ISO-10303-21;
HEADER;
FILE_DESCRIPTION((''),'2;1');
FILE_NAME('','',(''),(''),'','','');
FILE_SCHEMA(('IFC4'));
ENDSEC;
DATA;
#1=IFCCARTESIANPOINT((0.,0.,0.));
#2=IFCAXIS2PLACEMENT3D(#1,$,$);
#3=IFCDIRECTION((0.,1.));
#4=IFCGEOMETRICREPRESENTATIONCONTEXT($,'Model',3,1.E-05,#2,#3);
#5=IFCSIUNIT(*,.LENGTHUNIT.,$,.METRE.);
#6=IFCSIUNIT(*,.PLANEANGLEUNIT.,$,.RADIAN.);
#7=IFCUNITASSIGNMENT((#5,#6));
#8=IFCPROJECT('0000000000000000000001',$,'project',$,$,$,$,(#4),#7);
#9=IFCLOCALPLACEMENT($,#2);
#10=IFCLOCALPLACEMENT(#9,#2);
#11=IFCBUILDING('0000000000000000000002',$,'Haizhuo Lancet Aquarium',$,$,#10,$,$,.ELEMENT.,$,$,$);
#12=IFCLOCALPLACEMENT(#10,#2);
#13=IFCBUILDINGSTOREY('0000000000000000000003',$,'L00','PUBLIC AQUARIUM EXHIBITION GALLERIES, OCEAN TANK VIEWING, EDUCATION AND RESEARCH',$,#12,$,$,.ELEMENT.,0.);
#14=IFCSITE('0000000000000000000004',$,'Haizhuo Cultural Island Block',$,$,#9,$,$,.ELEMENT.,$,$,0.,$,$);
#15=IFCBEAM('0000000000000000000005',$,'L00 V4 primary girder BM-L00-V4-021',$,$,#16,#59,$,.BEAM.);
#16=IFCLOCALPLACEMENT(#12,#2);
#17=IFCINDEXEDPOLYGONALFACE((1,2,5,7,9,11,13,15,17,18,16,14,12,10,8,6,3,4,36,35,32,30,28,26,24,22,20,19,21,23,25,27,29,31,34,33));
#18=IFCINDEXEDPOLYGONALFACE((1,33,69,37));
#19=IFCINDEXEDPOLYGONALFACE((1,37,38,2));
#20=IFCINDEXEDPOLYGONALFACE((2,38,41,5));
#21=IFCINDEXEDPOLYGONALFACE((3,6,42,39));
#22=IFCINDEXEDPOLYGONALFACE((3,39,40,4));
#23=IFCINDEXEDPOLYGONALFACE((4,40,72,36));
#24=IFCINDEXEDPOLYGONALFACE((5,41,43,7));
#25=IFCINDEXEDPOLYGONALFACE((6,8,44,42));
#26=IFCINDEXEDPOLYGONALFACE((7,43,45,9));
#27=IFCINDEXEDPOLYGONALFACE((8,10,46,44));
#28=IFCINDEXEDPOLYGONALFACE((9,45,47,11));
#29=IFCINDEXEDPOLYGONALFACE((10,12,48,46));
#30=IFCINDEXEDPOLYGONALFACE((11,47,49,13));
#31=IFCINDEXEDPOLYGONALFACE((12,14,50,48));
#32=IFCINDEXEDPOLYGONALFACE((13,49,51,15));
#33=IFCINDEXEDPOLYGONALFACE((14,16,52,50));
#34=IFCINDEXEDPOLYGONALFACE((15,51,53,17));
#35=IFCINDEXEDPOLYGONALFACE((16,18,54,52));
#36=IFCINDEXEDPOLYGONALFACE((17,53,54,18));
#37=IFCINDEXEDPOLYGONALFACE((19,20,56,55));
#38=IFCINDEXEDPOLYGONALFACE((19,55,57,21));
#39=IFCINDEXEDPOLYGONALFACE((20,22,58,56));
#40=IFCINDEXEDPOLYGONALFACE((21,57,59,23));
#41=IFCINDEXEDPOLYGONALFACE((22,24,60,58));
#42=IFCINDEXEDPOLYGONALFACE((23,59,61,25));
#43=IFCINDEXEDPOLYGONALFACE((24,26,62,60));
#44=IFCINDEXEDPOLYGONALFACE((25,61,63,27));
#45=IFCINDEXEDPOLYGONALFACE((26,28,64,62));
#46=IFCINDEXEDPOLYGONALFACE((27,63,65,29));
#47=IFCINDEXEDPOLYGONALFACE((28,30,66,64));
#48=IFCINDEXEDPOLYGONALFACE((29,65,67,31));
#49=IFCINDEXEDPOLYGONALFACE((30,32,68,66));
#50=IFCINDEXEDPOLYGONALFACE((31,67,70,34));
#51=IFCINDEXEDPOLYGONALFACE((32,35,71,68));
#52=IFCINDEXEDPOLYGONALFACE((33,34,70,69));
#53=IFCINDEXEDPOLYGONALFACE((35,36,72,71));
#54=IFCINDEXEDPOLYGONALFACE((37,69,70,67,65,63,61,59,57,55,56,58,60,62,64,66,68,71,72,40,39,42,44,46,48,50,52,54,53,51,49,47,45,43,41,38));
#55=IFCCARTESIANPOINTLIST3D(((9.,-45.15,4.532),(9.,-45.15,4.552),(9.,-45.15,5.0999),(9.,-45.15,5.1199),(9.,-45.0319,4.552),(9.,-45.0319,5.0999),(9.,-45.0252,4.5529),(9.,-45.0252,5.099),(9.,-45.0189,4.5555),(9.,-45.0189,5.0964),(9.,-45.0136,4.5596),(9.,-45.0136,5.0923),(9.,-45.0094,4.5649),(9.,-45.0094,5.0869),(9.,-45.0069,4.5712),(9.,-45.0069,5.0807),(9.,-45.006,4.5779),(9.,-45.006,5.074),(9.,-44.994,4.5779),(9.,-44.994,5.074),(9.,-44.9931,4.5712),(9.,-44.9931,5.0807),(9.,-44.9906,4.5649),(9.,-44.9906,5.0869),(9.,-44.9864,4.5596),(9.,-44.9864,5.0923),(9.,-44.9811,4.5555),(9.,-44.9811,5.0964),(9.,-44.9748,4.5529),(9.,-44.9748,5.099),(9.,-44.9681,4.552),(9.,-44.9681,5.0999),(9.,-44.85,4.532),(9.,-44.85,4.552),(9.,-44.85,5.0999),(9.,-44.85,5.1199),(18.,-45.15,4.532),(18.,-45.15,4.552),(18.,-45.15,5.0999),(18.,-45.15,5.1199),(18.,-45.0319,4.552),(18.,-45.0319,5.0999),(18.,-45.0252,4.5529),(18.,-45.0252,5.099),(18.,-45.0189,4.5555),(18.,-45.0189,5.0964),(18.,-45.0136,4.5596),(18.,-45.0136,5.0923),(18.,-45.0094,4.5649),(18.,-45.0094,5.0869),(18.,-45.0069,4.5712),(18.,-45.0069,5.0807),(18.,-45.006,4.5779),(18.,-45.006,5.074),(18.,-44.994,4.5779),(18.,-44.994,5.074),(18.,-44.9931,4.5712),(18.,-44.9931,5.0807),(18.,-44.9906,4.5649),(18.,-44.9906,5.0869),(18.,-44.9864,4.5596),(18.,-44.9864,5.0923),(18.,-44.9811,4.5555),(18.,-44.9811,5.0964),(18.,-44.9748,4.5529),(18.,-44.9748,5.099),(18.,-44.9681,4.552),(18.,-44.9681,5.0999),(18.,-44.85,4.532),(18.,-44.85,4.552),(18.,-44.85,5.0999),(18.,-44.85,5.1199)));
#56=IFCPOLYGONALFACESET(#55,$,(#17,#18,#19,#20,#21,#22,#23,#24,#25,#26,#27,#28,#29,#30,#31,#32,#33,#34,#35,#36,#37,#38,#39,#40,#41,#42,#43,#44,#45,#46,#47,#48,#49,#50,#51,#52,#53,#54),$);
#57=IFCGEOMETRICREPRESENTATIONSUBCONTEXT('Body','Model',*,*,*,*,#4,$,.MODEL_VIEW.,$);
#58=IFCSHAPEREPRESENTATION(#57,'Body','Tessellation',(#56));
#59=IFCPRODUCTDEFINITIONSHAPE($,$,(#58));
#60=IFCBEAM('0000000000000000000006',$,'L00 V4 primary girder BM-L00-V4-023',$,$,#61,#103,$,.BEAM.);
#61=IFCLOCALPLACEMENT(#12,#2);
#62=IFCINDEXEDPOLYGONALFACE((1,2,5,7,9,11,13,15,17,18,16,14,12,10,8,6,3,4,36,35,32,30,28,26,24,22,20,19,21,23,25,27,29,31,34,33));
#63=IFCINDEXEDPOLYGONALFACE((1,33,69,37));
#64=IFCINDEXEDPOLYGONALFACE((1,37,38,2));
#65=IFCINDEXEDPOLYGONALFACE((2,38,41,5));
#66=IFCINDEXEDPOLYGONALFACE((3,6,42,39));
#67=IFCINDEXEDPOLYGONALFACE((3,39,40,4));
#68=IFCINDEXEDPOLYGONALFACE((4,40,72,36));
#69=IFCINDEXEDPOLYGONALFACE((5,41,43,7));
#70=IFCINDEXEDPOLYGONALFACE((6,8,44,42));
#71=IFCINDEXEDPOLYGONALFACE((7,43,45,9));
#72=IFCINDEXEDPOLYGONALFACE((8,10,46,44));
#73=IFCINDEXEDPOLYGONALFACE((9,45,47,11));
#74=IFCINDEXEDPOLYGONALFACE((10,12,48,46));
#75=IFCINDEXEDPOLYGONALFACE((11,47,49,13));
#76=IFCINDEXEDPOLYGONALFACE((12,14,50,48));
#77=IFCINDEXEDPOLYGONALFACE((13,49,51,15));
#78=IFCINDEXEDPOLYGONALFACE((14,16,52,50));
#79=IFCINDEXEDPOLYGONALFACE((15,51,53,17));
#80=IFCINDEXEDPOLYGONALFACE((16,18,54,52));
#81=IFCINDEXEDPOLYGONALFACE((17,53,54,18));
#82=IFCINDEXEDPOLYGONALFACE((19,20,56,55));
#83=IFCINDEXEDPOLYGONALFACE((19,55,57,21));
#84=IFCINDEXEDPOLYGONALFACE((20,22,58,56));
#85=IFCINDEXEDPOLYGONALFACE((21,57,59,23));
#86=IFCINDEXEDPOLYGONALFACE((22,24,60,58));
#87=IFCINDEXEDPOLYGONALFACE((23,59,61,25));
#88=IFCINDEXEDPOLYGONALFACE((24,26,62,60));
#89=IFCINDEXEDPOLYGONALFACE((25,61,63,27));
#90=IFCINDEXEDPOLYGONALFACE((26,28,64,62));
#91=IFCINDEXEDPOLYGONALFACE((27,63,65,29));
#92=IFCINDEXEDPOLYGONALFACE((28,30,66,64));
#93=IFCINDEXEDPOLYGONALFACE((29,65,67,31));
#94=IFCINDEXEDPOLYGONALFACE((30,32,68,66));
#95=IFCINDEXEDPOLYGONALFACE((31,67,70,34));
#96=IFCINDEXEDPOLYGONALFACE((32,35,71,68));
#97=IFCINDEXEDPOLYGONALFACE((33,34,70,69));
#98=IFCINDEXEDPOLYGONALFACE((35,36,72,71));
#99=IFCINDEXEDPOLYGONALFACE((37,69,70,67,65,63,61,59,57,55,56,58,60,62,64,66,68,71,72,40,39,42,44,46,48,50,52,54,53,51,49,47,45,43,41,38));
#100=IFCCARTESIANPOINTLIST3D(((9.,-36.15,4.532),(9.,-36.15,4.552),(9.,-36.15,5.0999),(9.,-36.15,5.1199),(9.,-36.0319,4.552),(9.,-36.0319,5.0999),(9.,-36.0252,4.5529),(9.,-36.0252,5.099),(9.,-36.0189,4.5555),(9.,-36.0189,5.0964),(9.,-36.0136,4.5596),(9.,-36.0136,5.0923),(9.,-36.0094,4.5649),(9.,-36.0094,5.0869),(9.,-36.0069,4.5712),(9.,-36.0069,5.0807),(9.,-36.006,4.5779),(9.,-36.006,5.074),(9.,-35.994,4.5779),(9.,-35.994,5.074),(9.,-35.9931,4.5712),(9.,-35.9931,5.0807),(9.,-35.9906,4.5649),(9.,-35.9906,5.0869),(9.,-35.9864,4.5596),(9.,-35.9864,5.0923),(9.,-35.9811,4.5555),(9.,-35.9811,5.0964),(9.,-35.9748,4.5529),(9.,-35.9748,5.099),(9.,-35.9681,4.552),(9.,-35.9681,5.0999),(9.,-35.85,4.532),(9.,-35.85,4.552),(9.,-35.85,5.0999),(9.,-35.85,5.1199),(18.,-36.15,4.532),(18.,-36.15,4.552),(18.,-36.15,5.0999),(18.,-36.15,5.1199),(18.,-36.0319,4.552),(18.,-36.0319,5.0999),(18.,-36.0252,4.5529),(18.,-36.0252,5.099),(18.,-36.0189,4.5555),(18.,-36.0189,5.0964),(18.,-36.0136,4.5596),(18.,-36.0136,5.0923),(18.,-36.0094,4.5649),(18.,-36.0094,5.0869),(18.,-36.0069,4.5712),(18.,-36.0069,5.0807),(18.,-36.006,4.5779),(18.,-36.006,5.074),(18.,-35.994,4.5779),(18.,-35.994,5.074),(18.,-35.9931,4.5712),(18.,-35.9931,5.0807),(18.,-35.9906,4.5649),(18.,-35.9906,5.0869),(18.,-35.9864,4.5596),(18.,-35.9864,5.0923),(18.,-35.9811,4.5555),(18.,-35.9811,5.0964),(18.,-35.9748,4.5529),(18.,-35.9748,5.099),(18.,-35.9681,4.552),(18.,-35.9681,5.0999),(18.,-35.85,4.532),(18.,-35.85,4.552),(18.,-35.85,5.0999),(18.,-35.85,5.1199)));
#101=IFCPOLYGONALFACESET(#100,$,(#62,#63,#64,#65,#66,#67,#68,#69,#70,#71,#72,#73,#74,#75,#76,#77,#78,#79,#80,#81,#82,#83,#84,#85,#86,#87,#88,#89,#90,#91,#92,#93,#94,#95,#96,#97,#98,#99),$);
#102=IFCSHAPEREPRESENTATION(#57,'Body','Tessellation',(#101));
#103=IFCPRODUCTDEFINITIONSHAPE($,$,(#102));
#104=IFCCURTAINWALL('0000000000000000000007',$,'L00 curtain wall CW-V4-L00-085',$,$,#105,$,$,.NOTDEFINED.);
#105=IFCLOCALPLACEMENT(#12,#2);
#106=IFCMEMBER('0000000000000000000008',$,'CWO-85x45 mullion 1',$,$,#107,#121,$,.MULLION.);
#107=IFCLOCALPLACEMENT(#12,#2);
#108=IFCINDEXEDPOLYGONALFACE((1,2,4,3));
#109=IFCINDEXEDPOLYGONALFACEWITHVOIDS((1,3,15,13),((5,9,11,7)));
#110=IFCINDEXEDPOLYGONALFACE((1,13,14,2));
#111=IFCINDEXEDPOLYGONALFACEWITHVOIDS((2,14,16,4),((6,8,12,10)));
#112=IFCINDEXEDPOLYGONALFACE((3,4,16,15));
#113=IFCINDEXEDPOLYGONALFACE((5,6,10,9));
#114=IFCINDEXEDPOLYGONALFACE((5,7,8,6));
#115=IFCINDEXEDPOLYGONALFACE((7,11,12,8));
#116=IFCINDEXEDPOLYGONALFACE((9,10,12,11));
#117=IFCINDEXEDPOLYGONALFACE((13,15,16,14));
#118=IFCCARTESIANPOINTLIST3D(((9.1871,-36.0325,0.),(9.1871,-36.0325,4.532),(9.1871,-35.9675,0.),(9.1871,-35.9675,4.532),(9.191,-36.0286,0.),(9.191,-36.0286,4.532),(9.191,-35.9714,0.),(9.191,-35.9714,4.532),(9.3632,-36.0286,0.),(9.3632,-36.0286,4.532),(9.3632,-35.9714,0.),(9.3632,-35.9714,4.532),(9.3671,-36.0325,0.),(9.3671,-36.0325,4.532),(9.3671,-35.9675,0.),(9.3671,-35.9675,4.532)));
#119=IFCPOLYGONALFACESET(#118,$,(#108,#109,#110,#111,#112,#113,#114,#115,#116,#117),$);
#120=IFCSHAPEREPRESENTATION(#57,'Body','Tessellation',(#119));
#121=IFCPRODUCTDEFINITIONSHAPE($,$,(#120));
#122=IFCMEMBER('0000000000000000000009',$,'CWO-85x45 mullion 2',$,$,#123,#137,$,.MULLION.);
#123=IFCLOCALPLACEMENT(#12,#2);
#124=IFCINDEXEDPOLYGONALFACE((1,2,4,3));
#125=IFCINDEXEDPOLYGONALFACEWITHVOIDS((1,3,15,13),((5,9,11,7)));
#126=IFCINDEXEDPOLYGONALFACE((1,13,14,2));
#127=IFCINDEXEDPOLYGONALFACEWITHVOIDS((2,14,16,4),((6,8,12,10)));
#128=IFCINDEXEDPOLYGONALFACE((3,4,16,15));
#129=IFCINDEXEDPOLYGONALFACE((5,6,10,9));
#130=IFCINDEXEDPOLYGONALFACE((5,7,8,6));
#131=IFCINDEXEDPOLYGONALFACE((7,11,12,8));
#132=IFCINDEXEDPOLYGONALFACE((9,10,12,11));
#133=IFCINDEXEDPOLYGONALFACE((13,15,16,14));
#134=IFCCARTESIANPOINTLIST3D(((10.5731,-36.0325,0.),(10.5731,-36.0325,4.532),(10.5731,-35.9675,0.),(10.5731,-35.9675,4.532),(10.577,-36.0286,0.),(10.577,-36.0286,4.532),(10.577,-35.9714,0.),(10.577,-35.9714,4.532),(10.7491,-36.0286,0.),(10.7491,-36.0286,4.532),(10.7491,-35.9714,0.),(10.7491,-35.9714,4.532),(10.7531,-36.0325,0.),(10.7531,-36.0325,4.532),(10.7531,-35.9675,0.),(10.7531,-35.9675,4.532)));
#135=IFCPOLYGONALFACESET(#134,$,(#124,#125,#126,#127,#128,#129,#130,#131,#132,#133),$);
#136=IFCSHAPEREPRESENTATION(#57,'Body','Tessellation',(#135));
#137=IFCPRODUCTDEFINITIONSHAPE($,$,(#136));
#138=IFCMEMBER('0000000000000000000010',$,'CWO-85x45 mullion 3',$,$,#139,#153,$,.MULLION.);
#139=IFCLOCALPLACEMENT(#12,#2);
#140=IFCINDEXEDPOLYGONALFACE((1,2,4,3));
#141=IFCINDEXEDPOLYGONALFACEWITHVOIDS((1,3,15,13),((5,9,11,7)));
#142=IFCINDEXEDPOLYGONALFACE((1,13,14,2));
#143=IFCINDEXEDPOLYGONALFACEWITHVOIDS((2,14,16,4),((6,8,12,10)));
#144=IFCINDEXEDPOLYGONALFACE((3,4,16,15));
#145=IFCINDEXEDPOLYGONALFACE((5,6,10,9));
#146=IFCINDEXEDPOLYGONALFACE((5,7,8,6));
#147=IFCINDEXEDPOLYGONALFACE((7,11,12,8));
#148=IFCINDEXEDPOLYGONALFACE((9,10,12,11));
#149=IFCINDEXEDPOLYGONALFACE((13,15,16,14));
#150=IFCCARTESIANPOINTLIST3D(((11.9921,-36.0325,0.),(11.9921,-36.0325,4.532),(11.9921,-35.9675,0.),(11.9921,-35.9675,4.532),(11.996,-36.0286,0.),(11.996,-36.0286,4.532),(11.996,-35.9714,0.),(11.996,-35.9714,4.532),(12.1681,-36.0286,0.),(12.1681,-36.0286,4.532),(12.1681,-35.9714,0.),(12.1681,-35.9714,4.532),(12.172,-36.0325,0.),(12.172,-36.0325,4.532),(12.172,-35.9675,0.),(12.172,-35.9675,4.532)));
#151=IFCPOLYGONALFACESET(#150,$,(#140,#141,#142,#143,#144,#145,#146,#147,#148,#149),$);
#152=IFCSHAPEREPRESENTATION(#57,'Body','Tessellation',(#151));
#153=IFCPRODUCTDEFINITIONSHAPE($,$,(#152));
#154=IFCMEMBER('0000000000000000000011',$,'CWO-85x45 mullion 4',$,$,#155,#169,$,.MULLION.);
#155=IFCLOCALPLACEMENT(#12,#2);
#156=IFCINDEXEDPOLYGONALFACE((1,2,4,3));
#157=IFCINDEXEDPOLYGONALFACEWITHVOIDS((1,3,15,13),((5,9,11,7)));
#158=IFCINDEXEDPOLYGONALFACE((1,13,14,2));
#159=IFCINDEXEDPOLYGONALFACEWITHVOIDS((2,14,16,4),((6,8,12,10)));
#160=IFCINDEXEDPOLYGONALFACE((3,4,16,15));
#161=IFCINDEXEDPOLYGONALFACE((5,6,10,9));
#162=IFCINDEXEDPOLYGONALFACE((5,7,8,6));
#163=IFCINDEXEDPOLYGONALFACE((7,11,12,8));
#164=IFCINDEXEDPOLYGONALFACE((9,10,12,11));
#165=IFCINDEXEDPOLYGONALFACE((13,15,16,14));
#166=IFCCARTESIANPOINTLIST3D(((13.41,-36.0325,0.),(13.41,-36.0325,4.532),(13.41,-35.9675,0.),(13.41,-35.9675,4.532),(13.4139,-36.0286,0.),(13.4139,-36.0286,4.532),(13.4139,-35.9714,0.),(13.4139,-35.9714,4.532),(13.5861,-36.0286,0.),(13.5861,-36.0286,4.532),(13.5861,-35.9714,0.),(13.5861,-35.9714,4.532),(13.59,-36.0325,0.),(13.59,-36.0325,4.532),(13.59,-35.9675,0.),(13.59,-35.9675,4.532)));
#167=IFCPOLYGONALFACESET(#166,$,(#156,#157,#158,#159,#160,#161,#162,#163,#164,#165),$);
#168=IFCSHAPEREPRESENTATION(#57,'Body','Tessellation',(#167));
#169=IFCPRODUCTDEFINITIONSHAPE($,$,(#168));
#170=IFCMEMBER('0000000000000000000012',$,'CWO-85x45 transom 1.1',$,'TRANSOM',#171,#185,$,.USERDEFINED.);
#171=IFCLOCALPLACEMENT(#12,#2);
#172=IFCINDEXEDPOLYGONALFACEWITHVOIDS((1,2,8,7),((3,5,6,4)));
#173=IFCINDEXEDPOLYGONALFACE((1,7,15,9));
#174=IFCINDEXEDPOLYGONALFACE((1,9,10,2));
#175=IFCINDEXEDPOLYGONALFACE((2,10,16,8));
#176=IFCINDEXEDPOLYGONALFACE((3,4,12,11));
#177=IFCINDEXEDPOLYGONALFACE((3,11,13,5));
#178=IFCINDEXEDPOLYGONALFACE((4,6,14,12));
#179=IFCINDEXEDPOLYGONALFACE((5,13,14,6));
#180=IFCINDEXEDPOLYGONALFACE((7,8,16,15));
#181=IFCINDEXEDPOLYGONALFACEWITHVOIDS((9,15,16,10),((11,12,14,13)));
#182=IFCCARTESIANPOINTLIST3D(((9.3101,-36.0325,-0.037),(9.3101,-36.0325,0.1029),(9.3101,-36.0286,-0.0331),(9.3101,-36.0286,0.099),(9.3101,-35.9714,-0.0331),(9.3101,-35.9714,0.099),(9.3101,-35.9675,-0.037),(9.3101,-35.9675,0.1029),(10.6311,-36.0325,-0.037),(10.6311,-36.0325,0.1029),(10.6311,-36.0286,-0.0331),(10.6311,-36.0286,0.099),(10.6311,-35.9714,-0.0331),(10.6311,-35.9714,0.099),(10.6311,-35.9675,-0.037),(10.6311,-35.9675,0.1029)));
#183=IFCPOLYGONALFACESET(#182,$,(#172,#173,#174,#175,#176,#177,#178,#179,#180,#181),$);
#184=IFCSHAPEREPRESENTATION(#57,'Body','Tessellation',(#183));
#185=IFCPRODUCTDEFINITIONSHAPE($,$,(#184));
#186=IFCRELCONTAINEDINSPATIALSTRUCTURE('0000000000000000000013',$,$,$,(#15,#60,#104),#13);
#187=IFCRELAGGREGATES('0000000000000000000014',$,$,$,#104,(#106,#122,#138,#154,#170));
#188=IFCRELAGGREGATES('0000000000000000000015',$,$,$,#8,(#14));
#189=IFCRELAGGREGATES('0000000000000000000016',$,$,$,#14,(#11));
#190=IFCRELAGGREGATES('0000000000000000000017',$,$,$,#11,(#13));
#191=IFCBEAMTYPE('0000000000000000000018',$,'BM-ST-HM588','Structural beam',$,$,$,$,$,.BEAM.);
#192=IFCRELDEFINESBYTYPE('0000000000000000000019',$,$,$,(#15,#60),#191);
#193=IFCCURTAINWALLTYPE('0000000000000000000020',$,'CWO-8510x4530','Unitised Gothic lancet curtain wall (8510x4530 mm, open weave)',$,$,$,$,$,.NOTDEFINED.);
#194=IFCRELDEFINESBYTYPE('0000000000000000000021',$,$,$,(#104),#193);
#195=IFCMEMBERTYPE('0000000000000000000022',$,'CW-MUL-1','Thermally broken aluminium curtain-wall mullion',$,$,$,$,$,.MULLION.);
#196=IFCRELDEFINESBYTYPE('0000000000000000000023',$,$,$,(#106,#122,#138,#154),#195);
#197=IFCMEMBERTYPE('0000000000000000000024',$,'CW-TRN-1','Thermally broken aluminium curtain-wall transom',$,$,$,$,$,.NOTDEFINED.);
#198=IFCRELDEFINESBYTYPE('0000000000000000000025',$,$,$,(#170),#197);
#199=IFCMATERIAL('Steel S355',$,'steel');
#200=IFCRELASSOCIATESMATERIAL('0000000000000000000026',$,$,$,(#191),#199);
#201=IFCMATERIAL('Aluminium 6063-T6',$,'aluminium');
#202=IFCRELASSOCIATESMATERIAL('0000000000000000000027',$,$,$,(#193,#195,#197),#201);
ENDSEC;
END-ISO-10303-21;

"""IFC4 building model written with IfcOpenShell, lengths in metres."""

from ifc_helpers import new_model, si_unit, direction, frame, origin, origin_2d, place, context, subcontext, project, spatial, hollow_rectangle, i_section, extrude, material, material_profile, profile_set, type_object, element, aggregate, save


model = new_model("IFC4")

# Units and contexts
model_context = context("Model", 3, precision=1e-05, world=origin(), true_north=direction((0.0, 1.0)))
body_context = subcontext(model_context, "Body", "Model", "MODEL_VIEW")
ifc_project = project(units=[si_unit("LENGTHUNIT", "METRE"), si_unit("PLANEANGLEUNIT", "RADIAN")], contexts=[model_context])

# Site, building, storey
site_placement = place(None, origin())
site = spatial("IfcSite", under=ifc_project, at=site_placement, Name="Haizhuo Cultural Island Block", CompositionType="ELEMENT", RefElevation=0.0)
building_placement = place(site_placement, origin())
building = spatial("IfcBuilding", under=site, at=building_placement, Name="Haizhuo Lancet Aquarium", CompositionType="ELEMENT")
storey_placement = place(building_placement, origin())
storey = spatial("IfcBuildingStorey", under=building, at=storey_placement, Name="L00", Description="PUBLIC AQUARIUM EXHIBITION GALLERIES, OCEAN TANK VIEWING, EDUCATION AND RESEARCH", CompositionType="ELEMENT", Elevation=0.0)

# Shared definitions
ifc_material_1 = material(Name="Steel S355", Category="steel")

# Beams
ifc_material_profile_1 = material_profile(ifc_material_1, i_section(OverallWidth=0.3, OverallDepth=0.5879, WebThickness=0.012, FlangeThickness=0.02, FilletRadius=0.0259, at=origin_2d()), Name="HM 588x300x12x20")
ifc_profile_set_1 = profile_set([ifc_material_profile_1], Name="Steel S355")
beam_type_1 = type_object("IfcBeamType", Name="BM-ST-HM588", Description="Structural beam", PredefinedType="BEAM", material=ifc_profile_set_1)
for number, where, z_axis, x_axis, name in (
    (1, (9.0, -45.0, 4.8259), (1.0, 0.0, 0.0), (0.0, 1.0, 0.0), "L00 V4 primary girder BM-L00-V4-021"),
    (2, (9.0, -36.0, 4.8259), (1.0, 0.0, 0.0), (0.0, 1.0, 0.0), "L00 V4 primary girder BM-L00-V4-023"),
):
    element("IfcBeam", number, at=place(storey_placement, frame(where, z_axis=z_axis, x_axis=x_axis)), inside=storey, type_object=beam_type_1, Name=name, PredefinedType="BEAM", context=body_context, shape_type="SweptSolid", body=[
        extrude(i_section(OverallWidth=0.3, OverallDepth=0.5879, WebThickness=0.012, FlangeThickness=0.02, FilletRadius=0.0259, at=origin_2d()), origin(), (0.0, 0.0, 1.0), 9.0),
    ])

# Curtain wall, members
ifc_material_2 = material(Name="Aluminium 6063-T6", Category="aluminium")
curtain_wall_type_1 = type_object("IfcCurtainWallType", Name="CWO-8510x4530", Description="Unitised Gothic lancet curtain wall (8510x4530 mm, open weave)", PredefinedType="NOTDEFINED", material=ifc_material_2)
curtain_wall_1_placement = place(storey_placement, origin())
curtain_wall_1 = element("IfcCurtainWall", 3, at=curtain_wall_1_placement, inside=storey, type_object=curtain_wall_type_1, Name="L00 curtain wall CW-V4-L00-085", PredefinedType="NOTDEFINED")
ifc_material_profile_2 = material_profile(ifc_material_2, hollow_rectangle(XDim=0.0649, YDim=0.1799, WallThickness=0.0039, at=origin_2d()), Name="ALU-M 65x180x4")
ifc_profile_set_2 = profile_set([ifc_material_profile_2], Name="Aluminium 6063-T6")
member_type_1 = type_object("IfcMemberType", Name="CW-MUL-1", Description="Thermally broken aluminium curtain-wall mullion", PredefinedType="MULLION", material=ifc_profile_set_2)
member_1_placement = place(storey_placement, frame((9.2771, -36.0, 0.0), z_axis=(0.0, 0.0, 1.0), x_axis=(0.0, 1.0, 0.0)))
member_1 = element("IfcMember", 4, at=member_1_placement, type_object=member_type_1, Name="CWO-85x45 mullion 1", PredefinedType="MULLION", context=body_context, shape_type="SweptSolid", body=[
    extrude(hollow_rectangle(XDim=0.0649, YDim=0.1799, WallThickness=0.0039, at=origin_2d()), origin(), (0.0, 0.0, 1.0), 4.532),
])
member_2_placement = place(storey_placement, frame((10.6631, -36.0, 0.0), z_axis=(0.0, 0.0, 1.0), x_axis=(0.0, 1.0, 0.0)))
member_2 = element("IfcMember", 5, at=member_2_placement, type_object=member_type_1, Name="CWO-85x45 mullion 2", PredefinedType="MULLION", context=body_context, shape_type="SweptSolid", body=[
    extrude(hollow_rectangle(XDim=0.0649, YDim=0.1799, WallThickness=0.0039, at=origin_2d()), origin(), (0.0, 0.0, 1.0), 4.532),
])
member_3_placement = place(storey_placement, frame((12.082, -36.0, 0.0), z_axis=(0.0, 0.0, 1.0), x_axis=(0.0, 1.0, 0.0)))
member_3 = element("IfcMember", 6, at=member_3_placement, type_object=member_type_1, Name="CWO-85x45 mullion 3", PredefinedType="MULLION", context=body_context, shape_type="SweptSolid", body=[
    extrude(hollow_rectangle(XDim=0.0649, YDim=0.1799, WallThickness=0.0039, at=origin_2d()), origin(), (0.0, 0.0, 1.0), 4.532),
])
member_4_placement = place(storey_placement, frame((13.5, -36.0, 0.0), z_axis=(0.0, 0.0, 1.0), x_axis=(0.0, 1.0, 0.0)))
member_4 = element("IfcMember", 7, at=member_4_placement, type_object=member_type_1, Name="CWO-85x45 mullion 4", PredefinedType="MULLION", context=body_context, shape_type="SweptSolid", body=[
    extrude(hollow_rectangle(XDim=0.0649, YDim=0.1799, WallThickness=0.0039, at=origin_2d()), origin(), (0.0, 0.0, 1.0), 4.532),
])
ifc_material_profile_3 = material_profile(ifc_material_2, hollow_rectangle(XDim=0.0649, YDim=0.1399, WallThickness=0.0039, at=origin_2d()), Name="ALU-T 65x140x4")
ifc_profile_set_3 = profile_set([ifc_material_profile_3], Name="Aluminium 6063-T6")
member_type_2 = type_object("IfcMemberType", Name="CW-TRN-1", Description="Thermally broken aluminium curtain-wall transom", PredefinedType="NOTDEFINED", material=ifc_profile_set_3)
member_5_placement = place(storey_placement, frame((9.3101, -36.0, 0.033), z_axis=(1.0, 0.0, 0.0), x_axis=(0.0, 1.0, 0.0)))
member_5 = element("IfcMember", 8, at=member_5_placement, type_object=member_type_2, Name="CWO-85x45 transom 1.1", ObjectType="TRANSOM", PredefinedType="USERDEFINED", context=body_context, shape_type="SweptSolid", body=[
    extrude(hollow_rectangle(XDim=0.0649, YDim=0.1399, WallThickness=0.0039, at=origin_2d()), origin(), (0.0, 0.0, 1.0), 1.321),
])

aggregate(curtain_wall_1, [member_1, member_2, member_3, member_4, member_5])

save(model, "model.ifc")
